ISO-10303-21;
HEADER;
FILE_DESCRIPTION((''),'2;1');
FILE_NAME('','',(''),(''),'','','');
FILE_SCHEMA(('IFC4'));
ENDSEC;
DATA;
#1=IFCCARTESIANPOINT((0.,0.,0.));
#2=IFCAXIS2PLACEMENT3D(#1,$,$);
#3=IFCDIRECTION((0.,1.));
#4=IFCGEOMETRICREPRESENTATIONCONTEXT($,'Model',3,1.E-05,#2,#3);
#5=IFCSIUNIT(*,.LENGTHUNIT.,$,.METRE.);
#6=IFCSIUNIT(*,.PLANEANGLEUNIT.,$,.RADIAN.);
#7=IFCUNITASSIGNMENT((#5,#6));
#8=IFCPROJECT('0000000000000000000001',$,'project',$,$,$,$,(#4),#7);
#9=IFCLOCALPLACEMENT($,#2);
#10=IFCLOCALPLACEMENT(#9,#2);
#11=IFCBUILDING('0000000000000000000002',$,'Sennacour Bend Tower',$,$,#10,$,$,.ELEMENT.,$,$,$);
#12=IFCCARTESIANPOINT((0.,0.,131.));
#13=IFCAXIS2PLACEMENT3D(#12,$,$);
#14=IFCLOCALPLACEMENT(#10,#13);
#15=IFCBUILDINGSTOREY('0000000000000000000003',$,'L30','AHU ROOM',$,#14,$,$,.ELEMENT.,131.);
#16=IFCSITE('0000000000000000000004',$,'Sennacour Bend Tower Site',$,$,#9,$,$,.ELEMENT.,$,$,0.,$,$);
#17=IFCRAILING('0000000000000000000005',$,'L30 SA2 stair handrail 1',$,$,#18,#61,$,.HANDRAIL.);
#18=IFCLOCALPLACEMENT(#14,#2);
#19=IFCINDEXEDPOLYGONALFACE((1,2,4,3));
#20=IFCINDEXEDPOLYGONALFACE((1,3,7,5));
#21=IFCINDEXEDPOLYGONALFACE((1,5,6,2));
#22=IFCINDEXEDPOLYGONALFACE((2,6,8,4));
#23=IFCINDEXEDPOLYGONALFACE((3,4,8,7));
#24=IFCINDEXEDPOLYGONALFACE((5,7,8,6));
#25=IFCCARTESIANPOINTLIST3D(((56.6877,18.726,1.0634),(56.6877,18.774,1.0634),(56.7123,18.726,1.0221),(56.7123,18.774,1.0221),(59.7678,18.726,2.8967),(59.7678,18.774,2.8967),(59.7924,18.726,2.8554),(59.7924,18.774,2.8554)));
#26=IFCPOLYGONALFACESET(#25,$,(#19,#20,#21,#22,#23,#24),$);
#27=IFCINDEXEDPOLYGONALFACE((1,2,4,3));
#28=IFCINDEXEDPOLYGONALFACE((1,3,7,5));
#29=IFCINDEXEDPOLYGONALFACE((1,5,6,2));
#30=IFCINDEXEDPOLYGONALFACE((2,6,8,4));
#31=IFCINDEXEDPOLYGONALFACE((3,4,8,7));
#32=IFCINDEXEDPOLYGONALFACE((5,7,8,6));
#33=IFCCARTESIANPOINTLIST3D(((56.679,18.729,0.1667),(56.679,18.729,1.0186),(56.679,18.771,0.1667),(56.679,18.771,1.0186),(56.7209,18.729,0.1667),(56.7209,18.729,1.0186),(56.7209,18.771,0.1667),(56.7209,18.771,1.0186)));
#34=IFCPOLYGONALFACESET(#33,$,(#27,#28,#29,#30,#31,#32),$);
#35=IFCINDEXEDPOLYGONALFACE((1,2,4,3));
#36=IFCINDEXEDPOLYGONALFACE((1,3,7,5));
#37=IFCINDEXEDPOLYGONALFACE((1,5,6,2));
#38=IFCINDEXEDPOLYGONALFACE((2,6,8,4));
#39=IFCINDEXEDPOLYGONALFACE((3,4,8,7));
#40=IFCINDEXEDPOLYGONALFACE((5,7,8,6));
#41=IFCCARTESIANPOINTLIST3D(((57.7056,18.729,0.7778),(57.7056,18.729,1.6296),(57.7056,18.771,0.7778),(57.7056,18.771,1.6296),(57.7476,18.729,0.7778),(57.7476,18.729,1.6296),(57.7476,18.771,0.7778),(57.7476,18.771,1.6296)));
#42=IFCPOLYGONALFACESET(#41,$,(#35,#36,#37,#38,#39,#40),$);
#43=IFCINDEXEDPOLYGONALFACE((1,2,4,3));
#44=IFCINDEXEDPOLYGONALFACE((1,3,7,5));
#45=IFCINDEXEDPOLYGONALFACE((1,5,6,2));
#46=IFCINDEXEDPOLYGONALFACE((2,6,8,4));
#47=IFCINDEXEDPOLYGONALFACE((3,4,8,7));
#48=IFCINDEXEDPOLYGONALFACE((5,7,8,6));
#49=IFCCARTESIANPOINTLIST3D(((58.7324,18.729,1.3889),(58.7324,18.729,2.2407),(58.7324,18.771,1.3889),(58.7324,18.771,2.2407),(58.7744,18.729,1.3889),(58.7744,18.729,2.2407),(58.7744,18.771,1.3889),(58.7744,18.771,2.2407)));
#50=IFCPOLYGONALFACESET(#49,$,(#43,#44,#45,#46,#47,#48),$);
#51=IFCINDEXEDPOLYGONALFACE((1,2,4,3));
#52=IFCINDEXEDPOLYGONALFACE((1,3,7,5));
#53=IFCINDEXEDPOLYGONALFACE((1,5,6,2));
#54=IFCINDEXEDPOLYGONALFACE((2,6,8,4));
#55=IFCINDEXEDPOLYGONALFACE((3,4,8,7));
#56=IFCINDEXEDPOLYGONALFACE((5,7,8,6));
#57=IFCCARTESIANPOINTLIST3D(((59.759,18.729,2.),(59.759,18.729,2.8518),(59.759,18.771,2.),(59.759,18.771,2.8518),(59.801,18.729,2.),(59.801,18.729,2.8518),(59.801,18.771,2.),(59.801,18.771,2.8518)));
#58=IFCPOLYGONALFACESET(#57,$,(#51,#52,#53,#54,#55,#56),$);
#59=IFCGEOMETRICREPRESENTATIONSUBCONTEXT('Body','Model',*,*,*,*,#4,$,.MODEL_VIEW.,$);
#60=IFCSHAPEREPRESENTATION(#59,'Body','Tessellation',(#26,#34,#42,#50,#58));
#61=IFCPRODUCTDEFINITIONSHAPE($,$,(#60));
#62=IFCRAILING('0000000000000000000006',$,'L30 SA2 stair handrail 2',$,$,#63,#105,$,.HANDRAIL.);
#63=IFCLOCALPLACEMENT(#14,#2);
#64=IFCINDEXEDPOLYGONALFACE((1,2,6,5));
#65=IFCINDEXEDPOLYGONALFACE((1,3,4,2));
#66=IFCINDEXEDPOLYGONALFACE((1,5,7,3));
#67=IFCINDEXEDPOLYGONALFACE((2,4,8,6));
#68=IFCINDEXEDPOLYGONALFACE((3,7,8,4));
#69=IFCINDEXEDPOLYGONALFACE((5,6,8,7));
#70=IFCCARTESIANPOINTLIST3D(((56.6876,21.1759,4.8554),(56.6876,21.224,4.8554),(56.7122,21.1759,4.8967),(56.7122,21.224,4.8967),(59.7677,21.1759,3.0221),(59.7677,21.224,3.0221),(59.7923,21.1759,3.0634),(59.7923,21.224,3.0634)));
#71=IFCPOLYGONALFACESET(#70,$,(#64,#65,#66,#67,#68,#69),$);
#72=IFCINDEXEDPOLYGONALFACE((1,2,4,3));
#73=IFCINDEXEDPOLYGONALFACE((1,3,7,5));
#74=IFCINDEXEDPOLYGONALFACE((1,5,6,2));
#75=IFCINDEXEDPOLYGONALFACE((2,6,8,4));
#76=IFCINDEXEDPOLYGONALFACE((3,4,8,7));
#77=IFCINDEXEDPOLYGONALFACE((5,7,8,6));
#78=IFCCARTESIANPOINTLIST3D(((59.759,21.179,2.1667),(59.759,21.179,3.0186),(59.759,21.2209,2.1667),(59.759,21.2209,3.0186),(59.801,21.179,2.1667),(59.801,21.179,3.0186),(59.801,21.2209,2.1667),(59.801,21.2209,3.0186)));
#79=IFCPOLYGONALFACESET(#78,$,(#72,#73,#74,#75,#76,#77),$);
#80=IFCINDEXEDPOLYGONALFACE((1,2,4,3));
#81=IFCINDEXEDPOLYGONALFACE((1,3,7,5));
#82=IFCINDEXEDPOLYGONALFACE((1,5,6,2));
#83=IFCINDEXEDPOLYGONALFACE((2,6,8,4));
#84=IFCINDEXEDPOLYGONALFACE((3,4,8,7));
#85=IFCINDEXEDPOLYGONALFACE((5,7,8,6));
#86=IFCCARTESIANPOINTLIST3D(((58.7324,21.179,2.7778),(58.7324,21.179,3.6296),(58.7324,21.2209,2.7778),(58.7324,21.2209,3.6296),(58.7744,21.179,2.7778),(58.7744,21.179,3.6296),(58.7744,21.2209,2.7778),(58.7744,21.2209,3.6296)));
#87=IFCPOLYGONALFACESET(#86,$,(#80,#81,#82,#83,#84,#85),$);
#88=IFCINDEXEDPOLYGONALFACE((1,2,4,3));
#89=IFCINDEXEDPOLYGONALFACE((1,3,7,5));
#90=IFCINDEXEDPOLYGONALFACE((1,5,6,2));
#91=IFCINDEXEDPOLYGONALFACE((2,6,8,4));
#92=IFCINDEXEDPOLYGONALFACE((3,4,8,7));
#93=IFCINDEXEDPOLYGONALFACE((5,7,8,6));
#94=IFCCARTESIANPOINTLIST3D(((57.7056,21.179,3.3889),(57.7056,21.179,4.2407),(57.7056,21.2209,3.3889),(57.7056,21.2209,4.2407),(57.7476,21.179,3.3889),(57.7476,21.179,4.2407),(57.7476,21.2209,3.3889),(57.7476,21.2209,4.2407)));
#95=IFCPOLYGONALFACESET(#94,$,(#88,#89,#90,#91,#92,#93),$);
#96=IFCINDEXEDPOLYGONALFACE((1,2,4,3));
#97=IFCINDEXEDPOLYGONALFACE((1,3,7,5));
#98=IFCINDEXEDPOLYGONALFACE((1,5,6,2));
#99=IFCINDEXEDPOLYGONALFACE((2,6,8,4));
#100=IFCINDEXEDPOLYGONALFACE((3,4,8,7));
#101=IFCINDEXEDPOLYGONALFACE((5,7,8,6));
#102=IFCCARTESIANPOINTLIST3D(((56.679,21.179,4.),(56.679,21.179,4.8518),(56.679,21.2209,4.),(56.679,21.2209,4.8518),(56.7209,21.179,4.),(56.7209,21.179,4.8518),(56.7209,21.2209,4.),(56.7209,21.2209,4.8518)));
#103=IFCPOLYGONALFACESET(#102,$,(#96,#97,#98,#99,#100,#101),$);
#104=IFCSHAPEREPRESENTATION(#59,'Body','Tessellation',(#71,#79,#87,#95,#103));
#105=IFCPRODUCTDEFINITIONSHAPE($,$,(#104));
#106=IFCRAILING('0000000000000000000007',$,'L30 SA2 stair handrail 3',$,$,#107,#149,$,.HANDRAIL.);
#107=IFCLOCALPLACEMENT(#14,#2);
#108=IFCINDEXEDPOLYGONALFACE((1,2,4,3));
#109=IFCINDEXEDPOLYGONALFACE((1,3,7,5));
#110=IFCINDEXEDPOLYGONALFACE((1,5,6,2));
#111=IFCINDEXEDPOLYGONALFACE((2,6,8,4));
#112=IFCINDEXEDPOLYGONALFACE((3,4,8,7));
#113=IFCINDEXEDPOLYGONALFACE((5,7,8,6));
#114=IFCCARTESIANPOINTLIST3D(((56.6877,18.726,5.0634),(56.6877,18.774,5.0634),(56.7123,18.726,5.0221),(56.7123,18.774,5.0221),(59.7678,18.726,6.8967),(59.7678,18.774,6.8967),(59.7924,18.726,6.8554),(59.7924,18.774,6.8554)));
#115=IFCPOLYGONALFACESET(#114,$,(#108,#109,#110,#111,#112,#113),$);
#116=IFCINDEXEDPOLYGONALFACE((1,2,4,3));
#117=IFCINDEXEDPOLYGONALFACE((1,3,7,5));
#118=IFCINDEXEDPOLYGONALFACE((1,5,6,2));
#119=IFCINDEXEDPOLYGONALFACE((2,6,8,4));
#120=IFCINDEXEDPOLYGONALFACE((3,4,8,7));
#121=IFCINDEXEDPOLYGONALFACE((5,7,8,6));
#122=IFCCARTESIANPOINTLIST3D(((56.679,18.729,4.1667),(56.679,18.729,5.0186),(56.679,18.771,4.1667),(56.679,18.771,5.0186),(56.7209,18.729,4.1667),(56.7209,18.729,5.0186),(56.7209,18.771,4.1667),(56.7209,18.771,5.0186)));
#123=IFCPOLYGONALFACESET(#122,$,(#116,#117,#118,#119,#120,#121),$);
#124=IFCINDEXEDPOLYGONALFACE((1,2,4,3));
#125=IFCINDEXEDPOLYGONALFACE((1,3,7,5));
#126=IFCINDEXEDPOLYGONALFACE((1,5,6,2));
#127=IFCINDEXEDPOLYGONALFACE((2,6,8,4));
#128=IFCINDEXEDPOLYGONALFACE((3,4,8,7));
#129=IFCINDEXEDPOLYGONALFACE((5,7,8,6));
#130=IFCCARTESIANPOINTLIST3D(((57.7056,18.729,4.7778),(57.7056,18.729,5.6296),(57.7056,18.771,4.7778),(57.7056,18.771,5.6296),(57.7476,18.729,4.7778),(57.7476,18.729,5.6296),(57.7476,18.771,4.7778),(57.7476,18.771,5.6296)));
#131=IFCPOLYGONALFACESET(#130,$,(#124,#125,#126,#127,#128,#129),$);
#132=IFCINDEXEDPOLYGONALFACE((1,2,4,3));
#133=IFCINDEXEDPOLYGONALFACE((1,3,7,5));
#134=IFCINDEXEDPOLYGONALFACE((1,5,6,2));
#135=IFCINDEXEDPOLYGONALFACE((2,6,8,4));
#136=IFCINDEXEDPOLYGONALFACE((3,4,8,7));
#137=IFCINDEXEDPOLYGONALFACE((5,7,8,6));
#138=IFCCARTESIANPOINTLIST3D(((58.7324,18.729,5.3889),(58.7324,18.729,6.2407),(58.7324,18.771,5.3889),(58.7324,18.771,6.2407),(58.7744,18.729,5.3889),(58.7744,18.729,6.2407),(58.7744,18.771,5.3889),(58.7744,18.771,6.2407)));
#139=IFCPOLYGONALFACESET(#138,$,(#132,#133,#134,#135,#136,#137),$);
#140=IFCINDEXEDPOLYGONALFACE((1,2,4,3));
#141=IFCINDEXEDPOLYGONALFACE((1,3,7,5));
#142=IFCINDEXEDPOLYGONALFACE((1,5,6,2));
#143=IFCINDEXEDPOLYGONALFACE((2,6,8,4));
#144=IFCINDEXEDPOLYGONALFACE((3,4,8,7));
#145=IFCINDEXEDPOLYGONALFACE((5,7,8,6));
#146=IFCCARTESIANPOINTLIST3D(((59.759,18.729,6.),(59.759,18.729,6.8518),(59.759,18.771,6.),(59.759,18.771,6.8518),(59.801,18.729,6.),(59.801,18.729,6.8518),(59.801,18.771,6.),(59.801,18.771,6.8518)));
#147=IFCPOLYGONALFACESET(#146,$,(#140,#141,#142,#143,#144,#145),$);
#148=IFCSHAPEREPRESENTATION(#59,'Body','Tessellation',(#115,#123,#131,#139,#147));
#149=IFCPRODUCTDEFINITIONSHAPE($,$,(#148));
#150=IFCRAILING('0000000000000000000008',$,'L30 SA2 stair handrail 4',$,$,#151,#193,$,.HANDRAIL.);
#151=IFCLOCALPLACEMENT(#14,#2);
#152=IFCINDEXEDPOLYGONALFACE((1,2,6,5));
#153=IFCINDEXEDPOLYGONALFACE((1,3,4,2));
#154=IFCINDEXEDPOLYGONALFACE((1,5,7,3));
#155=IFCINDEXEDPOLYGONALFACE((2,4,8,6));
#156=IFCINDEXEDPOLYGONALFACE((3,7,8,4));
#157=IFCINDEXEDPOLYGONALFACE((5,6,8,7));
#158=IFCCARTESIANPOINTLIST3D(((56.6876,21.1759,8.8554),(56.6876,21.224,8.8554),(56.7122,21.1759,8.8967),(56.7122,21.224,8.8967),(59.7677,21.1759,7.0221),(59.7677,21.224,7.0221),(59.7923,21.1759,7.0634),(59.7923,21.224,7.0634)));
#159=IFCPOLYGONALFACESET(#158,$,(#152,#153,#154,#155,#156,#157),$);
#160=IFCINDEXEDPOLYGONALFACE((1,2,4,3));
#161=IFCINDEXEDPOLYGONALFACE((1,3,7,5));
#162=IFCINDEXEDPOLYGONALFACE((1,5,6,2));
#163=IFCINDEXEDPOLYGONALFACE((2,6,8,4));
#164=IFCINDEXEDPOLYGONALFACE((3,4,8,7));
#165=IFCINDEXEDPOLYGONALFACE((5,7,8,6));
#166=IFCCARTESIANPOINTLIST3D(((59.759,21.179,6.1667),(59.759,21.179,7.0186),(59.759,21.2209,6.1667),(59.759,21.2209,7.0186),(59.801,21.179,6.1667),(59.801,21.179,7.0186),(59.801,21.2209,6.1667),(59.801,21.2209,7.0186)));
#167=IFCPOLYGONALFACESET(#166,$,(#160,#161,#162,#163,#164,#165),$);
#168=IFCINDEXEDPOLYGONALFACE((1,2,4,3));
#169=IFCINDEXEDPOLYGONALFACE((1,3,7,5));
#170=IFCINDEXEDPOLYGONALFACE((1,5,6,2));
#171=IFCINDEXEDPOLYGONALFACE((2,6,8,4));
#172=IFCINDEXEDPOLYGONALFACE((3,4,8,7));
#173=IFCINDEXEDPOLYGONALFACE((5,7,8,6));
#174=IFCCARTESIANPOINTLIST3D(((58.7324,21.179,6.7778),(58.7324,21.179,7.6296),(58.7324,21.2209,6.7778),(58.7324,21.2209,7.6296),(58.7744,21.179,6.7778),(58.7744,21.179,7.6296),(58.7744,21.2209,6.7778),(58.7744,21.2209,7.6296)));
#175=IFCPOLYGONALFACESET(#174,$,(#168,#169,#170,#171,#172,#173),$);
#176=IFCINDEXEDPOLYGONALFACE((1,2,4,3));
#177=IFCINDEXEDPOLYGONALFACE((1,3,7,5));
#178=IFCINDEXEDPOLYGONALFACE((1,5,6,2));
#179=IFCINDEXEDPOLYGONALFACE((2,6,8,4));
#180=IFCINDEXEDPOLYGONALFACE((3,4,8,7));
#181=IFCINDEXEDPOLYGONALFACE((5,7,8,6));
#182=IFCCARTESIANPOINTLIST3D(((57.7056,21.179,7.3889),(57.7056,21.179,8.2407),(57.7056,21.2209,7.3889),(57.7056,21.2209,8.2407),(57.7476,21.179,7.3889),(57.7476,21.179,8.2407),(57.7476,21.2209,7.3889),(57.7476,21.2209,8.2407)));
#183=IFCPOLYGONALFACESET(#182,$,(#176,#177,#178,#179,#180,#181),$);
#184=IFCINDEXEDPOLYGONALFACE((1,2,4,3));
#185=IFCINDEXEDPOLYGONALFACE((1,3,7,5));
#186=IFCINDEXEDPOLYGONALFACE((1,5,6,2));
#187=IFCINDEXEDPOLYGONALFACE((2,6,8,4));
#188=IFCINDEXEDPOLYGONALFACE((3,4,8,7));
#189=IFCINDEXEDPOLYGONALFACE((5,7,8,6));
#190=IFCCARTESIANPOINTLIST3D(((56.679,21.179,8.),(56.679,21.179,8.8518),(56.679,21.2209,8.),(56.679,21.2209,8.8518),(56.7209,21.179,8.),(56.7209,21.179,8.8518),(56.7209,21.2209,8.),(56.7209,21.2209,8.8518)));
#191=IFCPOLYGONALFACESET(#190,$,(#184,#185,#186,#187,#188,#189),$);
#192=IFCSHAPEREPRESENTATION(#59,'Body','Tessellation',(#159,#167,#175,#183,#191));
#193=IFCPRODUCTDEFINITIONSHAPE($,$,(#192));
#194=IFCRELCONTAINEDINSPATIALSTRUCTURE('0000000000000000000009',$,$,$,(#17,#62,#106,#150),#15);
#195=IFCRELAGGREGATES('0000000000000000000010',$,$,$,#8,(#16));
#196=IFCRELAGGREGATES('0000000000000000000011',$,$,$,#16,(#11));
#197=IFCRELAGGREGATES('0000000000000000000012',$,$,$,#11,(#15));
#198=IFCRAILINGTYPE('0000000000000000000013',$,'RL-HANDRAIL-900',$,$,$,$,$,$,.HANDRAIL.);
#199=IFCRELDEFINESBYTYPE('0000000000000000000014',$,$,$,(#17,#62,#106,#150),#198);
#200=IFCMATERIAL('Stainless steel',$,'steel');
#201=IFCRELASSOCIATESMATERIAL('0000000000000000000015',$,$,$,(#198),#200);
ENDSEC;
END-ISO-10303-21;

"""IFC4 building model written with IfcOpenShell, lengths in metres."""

from ifc_helpers import new_model, si_unit, direction, frame, origin, origin_2d, place, context, subcontext, project, spatial, rectangle, extrude, material, type_object, element, save


model = new_model("IFC4")

# Units and contexts
model_context = context("Model", 3, precision=1e-05, world=origin(), true_north=direction((0.0, 1.0)))
body_context = subcontext(model_context, "Body", "Model", "MODEL_VIEW")
ifc_project = project(units=[si_unit("LENGTHUNIT", "METRE"), si_unit("PLANEANGLEUNIT", "RADIAN")], contexts=[model_context])

# Site, building, storey
site_placement = place(None, origin())
site = spatial("IfcSite", under=ifc_project, at=site_placement, Name="Sennacour Bend Tower Site", CompositionType="ELEMENT", RefElevation=0.0)
building_placement = place(site_placement, origin())
building = spatial("IfcBuilding", under=site, at=building_placement, Name="Sennacour Bend Tower", CompositionType="ELEMENT")
storey_placement = place(building_placement, frame((0.0, 0.0, 131.0)))
storey = spatial("IfcBuildingStorey", under=building, at=storey_placement, Name="L30", Description="AHU ROOM", CompositionType="ELEMENT", Elevation=131.0)

# Railings
ifc_material_1 = material(Name="Stainless steel", Category="steel")
railing_type_1 = type_object("IfcRailingType", Name="RL-HANDRAIL-900", PredefinedType="HANDRAIL", material=ifc_material_1)
railing_1_placement = place(storey_placement, frame((56.7, 18.75, 0.1667)))
element("IfcRailing", 1, at=railing_1_placement, inside=storey, type_object=railing_type_1, Name="L30 SA2 stair handrail 1", PredefinedType="HANDRAIL", context=body_context, shape_type="SweptSolid", body=[
    extrude(rectangle(XDim=0.0481, YDim=0.0481, at=origin_2d()), frame((0.0, 0.0, 0.876), z_axis=(0.859309, 0.0, 0.511458), x_axis=(0.0, 1.0, 0.0)), (0.0, 0.0, 1.0), 3.5845),
    extrude(rectangle(XDim=0.042, YDim=0.042, at=origin_2d()), origin(), (0.0, 0.0, 1.0), 0.8518),
    extrude(rectangle(XDim=0.042, YDim=0.042, at=origin_2d()), frame((1.0266, 0.0, 0.6111)), (0.0, 0.0, 1.0), 0.8518),
    extrude(rectangle(XDim=0.042, YDim=0.042, at=origin_2d()), frame((2.0535, 0.0, 1.2222)), (0.0, 0.0, 1.0), 0.8518),
    extrude(rectangle(XDim=0.042, YDim=0.042, at=origin_2d()), frame((3.0801, 0.0, 1.8333)), (0.0, 0.0, 1.0), 0.8518),
])
railing_2_placement = place(storey_placement, frame((59.78, 21.2, 2.1667)))
element("IfcRailing", 2, at=railing_2_placement, inside=storey, type_object=railing_type_1, Name="L30 SA2 stair handrail 2", PredefinedType="HANDRAIL", context=body_context, shape_type="SweptSolid", body=[
    extrude(rectangle(XDim=0.0481, YDim=0.0481, at=origin_2d()), frame((0.0, 0.0, 0.876), z_axis=(-0.859309, 0.0, 0.511458), x_axis=(0.0, -1.0, 0.0)), (0.0, 0.0, 1.0), 3.5845),
    extrude(rectangle(XDim=0.042, YDim=0.042, at=origin_2d()), origin(), (0.0, 0.0, 1.0), 0.8518),
    extrude(rectangle(XDim=0.042, YDim=0.042, at=origin_2d()), frame((-1.0266, 0.0, 0.6111)), (0.0, 0.0, 1.0), 0.8518),
    extrude(rectangle(XDim=0.042, YDim=0.042, at=origin_2d()), frame((-2.0535, 0.0, 1.2222)), (0.0, 0.0, 1.0), 0.8518),
    extrude(rectangle(XDim=0.042, YDim=0.042, at=origin_2d()), frame((-3.0801, 0.0, 1.8333)), (0.0, 0.0, 1.0), 0.8518),
])
railing_3_placement = place(storey_placement, frame((56.7, 18.75, 4.1667)))
element("IfcRailing", 3, at=railing_3_placement, inside=storey, type_object=railing_type_1, Name="L30 SA2 stair handrail 3", PredefinedType="HANDRAIL", context=body_context, shape_type="SweptSolid", body=[
    extrude(rectangle(XDim=0.0481, YDim=0.0481, at=origin_2d()), frame((0.0, 0.0, 0.876), z_axis=(0.859309, 0.0, 0.511458), x_axis=(0.0, 1.0, 0.0)), (0.0, 0.0, 1.0), 3.5845),
    extrude(rectangle(XDim=0.042, YDim=0.042, at=origin_2d()), origin(), (0.0, 0.0, 1.0), 0.8518),
    extrude(rectangle(XDim=0.042, YDim=0.042, at=origin_2d()), frame((1.0266, 0.0, 0.6111)), (0.0, 0.0, 1.0), 0.8518),
    extrude(rectangle(XDim=0.042, YDim=0.042, at=origin_2d()), frame((2.0535, 0.0, 1.2222)), (0.0, 0.0, 1.0), 0.8518),
    extrude(rectangle(XDim=0.042, YDim=0.042, at=origin_2d()), frame((3.0801, 0.0, 1.8333)), (0.0, 0.0, 1.0), 0.8518),
])
railing_4_placement = place(storey_placement, frame((59.78, 21.2, 6.1667)))
element("IfcRailing", 4, at=railing_4_placement, inside=storey, type_object=railing_type_1, Name="L30 SA2 stair handrail 4", PredefinedType="HANDRAIL", context=body_context, shape_type="SweptSolid", body=[
    extrude(rectangle(XDim=0.0481, YDim=0.0481, at=origin_2d()), frame((0.0, 0.0, 0.876), z_axis=(-0.859309, 0.0, 0.511458), x_axis=(0.0, -1.0, 0.0)), (0.0, 0.0, 1.0), 3.5845),
    extrude(rectangle(XDim=0.042, YDim=0.042, at=origin_2d()), origin(), (0.0, 0.0, 1.0), 0.8518),
    extrude(rectangle(XDim=0.042, YDim=0.042, at=origin_2d()), frame((-1.0266, 0.0, 0.6111)), (0.0, 0.0, 1.0), 0.8518),
    extrude(rectangle(XDim=0.042, YDim=0.042, at=origin_2d()), frame((-2.0535, 0.0, 1.2222)), (0.0, 0.0, 1.0), 0.8518),
    extrude(rectangle(XDim=0.042, YDim=0.042, at=origin_2d()), frame((-3.0801, 0.0, 1.8333)), (0.0, 0.0, 1.0), 0.8518),
])

save(model, "model.ifc")
